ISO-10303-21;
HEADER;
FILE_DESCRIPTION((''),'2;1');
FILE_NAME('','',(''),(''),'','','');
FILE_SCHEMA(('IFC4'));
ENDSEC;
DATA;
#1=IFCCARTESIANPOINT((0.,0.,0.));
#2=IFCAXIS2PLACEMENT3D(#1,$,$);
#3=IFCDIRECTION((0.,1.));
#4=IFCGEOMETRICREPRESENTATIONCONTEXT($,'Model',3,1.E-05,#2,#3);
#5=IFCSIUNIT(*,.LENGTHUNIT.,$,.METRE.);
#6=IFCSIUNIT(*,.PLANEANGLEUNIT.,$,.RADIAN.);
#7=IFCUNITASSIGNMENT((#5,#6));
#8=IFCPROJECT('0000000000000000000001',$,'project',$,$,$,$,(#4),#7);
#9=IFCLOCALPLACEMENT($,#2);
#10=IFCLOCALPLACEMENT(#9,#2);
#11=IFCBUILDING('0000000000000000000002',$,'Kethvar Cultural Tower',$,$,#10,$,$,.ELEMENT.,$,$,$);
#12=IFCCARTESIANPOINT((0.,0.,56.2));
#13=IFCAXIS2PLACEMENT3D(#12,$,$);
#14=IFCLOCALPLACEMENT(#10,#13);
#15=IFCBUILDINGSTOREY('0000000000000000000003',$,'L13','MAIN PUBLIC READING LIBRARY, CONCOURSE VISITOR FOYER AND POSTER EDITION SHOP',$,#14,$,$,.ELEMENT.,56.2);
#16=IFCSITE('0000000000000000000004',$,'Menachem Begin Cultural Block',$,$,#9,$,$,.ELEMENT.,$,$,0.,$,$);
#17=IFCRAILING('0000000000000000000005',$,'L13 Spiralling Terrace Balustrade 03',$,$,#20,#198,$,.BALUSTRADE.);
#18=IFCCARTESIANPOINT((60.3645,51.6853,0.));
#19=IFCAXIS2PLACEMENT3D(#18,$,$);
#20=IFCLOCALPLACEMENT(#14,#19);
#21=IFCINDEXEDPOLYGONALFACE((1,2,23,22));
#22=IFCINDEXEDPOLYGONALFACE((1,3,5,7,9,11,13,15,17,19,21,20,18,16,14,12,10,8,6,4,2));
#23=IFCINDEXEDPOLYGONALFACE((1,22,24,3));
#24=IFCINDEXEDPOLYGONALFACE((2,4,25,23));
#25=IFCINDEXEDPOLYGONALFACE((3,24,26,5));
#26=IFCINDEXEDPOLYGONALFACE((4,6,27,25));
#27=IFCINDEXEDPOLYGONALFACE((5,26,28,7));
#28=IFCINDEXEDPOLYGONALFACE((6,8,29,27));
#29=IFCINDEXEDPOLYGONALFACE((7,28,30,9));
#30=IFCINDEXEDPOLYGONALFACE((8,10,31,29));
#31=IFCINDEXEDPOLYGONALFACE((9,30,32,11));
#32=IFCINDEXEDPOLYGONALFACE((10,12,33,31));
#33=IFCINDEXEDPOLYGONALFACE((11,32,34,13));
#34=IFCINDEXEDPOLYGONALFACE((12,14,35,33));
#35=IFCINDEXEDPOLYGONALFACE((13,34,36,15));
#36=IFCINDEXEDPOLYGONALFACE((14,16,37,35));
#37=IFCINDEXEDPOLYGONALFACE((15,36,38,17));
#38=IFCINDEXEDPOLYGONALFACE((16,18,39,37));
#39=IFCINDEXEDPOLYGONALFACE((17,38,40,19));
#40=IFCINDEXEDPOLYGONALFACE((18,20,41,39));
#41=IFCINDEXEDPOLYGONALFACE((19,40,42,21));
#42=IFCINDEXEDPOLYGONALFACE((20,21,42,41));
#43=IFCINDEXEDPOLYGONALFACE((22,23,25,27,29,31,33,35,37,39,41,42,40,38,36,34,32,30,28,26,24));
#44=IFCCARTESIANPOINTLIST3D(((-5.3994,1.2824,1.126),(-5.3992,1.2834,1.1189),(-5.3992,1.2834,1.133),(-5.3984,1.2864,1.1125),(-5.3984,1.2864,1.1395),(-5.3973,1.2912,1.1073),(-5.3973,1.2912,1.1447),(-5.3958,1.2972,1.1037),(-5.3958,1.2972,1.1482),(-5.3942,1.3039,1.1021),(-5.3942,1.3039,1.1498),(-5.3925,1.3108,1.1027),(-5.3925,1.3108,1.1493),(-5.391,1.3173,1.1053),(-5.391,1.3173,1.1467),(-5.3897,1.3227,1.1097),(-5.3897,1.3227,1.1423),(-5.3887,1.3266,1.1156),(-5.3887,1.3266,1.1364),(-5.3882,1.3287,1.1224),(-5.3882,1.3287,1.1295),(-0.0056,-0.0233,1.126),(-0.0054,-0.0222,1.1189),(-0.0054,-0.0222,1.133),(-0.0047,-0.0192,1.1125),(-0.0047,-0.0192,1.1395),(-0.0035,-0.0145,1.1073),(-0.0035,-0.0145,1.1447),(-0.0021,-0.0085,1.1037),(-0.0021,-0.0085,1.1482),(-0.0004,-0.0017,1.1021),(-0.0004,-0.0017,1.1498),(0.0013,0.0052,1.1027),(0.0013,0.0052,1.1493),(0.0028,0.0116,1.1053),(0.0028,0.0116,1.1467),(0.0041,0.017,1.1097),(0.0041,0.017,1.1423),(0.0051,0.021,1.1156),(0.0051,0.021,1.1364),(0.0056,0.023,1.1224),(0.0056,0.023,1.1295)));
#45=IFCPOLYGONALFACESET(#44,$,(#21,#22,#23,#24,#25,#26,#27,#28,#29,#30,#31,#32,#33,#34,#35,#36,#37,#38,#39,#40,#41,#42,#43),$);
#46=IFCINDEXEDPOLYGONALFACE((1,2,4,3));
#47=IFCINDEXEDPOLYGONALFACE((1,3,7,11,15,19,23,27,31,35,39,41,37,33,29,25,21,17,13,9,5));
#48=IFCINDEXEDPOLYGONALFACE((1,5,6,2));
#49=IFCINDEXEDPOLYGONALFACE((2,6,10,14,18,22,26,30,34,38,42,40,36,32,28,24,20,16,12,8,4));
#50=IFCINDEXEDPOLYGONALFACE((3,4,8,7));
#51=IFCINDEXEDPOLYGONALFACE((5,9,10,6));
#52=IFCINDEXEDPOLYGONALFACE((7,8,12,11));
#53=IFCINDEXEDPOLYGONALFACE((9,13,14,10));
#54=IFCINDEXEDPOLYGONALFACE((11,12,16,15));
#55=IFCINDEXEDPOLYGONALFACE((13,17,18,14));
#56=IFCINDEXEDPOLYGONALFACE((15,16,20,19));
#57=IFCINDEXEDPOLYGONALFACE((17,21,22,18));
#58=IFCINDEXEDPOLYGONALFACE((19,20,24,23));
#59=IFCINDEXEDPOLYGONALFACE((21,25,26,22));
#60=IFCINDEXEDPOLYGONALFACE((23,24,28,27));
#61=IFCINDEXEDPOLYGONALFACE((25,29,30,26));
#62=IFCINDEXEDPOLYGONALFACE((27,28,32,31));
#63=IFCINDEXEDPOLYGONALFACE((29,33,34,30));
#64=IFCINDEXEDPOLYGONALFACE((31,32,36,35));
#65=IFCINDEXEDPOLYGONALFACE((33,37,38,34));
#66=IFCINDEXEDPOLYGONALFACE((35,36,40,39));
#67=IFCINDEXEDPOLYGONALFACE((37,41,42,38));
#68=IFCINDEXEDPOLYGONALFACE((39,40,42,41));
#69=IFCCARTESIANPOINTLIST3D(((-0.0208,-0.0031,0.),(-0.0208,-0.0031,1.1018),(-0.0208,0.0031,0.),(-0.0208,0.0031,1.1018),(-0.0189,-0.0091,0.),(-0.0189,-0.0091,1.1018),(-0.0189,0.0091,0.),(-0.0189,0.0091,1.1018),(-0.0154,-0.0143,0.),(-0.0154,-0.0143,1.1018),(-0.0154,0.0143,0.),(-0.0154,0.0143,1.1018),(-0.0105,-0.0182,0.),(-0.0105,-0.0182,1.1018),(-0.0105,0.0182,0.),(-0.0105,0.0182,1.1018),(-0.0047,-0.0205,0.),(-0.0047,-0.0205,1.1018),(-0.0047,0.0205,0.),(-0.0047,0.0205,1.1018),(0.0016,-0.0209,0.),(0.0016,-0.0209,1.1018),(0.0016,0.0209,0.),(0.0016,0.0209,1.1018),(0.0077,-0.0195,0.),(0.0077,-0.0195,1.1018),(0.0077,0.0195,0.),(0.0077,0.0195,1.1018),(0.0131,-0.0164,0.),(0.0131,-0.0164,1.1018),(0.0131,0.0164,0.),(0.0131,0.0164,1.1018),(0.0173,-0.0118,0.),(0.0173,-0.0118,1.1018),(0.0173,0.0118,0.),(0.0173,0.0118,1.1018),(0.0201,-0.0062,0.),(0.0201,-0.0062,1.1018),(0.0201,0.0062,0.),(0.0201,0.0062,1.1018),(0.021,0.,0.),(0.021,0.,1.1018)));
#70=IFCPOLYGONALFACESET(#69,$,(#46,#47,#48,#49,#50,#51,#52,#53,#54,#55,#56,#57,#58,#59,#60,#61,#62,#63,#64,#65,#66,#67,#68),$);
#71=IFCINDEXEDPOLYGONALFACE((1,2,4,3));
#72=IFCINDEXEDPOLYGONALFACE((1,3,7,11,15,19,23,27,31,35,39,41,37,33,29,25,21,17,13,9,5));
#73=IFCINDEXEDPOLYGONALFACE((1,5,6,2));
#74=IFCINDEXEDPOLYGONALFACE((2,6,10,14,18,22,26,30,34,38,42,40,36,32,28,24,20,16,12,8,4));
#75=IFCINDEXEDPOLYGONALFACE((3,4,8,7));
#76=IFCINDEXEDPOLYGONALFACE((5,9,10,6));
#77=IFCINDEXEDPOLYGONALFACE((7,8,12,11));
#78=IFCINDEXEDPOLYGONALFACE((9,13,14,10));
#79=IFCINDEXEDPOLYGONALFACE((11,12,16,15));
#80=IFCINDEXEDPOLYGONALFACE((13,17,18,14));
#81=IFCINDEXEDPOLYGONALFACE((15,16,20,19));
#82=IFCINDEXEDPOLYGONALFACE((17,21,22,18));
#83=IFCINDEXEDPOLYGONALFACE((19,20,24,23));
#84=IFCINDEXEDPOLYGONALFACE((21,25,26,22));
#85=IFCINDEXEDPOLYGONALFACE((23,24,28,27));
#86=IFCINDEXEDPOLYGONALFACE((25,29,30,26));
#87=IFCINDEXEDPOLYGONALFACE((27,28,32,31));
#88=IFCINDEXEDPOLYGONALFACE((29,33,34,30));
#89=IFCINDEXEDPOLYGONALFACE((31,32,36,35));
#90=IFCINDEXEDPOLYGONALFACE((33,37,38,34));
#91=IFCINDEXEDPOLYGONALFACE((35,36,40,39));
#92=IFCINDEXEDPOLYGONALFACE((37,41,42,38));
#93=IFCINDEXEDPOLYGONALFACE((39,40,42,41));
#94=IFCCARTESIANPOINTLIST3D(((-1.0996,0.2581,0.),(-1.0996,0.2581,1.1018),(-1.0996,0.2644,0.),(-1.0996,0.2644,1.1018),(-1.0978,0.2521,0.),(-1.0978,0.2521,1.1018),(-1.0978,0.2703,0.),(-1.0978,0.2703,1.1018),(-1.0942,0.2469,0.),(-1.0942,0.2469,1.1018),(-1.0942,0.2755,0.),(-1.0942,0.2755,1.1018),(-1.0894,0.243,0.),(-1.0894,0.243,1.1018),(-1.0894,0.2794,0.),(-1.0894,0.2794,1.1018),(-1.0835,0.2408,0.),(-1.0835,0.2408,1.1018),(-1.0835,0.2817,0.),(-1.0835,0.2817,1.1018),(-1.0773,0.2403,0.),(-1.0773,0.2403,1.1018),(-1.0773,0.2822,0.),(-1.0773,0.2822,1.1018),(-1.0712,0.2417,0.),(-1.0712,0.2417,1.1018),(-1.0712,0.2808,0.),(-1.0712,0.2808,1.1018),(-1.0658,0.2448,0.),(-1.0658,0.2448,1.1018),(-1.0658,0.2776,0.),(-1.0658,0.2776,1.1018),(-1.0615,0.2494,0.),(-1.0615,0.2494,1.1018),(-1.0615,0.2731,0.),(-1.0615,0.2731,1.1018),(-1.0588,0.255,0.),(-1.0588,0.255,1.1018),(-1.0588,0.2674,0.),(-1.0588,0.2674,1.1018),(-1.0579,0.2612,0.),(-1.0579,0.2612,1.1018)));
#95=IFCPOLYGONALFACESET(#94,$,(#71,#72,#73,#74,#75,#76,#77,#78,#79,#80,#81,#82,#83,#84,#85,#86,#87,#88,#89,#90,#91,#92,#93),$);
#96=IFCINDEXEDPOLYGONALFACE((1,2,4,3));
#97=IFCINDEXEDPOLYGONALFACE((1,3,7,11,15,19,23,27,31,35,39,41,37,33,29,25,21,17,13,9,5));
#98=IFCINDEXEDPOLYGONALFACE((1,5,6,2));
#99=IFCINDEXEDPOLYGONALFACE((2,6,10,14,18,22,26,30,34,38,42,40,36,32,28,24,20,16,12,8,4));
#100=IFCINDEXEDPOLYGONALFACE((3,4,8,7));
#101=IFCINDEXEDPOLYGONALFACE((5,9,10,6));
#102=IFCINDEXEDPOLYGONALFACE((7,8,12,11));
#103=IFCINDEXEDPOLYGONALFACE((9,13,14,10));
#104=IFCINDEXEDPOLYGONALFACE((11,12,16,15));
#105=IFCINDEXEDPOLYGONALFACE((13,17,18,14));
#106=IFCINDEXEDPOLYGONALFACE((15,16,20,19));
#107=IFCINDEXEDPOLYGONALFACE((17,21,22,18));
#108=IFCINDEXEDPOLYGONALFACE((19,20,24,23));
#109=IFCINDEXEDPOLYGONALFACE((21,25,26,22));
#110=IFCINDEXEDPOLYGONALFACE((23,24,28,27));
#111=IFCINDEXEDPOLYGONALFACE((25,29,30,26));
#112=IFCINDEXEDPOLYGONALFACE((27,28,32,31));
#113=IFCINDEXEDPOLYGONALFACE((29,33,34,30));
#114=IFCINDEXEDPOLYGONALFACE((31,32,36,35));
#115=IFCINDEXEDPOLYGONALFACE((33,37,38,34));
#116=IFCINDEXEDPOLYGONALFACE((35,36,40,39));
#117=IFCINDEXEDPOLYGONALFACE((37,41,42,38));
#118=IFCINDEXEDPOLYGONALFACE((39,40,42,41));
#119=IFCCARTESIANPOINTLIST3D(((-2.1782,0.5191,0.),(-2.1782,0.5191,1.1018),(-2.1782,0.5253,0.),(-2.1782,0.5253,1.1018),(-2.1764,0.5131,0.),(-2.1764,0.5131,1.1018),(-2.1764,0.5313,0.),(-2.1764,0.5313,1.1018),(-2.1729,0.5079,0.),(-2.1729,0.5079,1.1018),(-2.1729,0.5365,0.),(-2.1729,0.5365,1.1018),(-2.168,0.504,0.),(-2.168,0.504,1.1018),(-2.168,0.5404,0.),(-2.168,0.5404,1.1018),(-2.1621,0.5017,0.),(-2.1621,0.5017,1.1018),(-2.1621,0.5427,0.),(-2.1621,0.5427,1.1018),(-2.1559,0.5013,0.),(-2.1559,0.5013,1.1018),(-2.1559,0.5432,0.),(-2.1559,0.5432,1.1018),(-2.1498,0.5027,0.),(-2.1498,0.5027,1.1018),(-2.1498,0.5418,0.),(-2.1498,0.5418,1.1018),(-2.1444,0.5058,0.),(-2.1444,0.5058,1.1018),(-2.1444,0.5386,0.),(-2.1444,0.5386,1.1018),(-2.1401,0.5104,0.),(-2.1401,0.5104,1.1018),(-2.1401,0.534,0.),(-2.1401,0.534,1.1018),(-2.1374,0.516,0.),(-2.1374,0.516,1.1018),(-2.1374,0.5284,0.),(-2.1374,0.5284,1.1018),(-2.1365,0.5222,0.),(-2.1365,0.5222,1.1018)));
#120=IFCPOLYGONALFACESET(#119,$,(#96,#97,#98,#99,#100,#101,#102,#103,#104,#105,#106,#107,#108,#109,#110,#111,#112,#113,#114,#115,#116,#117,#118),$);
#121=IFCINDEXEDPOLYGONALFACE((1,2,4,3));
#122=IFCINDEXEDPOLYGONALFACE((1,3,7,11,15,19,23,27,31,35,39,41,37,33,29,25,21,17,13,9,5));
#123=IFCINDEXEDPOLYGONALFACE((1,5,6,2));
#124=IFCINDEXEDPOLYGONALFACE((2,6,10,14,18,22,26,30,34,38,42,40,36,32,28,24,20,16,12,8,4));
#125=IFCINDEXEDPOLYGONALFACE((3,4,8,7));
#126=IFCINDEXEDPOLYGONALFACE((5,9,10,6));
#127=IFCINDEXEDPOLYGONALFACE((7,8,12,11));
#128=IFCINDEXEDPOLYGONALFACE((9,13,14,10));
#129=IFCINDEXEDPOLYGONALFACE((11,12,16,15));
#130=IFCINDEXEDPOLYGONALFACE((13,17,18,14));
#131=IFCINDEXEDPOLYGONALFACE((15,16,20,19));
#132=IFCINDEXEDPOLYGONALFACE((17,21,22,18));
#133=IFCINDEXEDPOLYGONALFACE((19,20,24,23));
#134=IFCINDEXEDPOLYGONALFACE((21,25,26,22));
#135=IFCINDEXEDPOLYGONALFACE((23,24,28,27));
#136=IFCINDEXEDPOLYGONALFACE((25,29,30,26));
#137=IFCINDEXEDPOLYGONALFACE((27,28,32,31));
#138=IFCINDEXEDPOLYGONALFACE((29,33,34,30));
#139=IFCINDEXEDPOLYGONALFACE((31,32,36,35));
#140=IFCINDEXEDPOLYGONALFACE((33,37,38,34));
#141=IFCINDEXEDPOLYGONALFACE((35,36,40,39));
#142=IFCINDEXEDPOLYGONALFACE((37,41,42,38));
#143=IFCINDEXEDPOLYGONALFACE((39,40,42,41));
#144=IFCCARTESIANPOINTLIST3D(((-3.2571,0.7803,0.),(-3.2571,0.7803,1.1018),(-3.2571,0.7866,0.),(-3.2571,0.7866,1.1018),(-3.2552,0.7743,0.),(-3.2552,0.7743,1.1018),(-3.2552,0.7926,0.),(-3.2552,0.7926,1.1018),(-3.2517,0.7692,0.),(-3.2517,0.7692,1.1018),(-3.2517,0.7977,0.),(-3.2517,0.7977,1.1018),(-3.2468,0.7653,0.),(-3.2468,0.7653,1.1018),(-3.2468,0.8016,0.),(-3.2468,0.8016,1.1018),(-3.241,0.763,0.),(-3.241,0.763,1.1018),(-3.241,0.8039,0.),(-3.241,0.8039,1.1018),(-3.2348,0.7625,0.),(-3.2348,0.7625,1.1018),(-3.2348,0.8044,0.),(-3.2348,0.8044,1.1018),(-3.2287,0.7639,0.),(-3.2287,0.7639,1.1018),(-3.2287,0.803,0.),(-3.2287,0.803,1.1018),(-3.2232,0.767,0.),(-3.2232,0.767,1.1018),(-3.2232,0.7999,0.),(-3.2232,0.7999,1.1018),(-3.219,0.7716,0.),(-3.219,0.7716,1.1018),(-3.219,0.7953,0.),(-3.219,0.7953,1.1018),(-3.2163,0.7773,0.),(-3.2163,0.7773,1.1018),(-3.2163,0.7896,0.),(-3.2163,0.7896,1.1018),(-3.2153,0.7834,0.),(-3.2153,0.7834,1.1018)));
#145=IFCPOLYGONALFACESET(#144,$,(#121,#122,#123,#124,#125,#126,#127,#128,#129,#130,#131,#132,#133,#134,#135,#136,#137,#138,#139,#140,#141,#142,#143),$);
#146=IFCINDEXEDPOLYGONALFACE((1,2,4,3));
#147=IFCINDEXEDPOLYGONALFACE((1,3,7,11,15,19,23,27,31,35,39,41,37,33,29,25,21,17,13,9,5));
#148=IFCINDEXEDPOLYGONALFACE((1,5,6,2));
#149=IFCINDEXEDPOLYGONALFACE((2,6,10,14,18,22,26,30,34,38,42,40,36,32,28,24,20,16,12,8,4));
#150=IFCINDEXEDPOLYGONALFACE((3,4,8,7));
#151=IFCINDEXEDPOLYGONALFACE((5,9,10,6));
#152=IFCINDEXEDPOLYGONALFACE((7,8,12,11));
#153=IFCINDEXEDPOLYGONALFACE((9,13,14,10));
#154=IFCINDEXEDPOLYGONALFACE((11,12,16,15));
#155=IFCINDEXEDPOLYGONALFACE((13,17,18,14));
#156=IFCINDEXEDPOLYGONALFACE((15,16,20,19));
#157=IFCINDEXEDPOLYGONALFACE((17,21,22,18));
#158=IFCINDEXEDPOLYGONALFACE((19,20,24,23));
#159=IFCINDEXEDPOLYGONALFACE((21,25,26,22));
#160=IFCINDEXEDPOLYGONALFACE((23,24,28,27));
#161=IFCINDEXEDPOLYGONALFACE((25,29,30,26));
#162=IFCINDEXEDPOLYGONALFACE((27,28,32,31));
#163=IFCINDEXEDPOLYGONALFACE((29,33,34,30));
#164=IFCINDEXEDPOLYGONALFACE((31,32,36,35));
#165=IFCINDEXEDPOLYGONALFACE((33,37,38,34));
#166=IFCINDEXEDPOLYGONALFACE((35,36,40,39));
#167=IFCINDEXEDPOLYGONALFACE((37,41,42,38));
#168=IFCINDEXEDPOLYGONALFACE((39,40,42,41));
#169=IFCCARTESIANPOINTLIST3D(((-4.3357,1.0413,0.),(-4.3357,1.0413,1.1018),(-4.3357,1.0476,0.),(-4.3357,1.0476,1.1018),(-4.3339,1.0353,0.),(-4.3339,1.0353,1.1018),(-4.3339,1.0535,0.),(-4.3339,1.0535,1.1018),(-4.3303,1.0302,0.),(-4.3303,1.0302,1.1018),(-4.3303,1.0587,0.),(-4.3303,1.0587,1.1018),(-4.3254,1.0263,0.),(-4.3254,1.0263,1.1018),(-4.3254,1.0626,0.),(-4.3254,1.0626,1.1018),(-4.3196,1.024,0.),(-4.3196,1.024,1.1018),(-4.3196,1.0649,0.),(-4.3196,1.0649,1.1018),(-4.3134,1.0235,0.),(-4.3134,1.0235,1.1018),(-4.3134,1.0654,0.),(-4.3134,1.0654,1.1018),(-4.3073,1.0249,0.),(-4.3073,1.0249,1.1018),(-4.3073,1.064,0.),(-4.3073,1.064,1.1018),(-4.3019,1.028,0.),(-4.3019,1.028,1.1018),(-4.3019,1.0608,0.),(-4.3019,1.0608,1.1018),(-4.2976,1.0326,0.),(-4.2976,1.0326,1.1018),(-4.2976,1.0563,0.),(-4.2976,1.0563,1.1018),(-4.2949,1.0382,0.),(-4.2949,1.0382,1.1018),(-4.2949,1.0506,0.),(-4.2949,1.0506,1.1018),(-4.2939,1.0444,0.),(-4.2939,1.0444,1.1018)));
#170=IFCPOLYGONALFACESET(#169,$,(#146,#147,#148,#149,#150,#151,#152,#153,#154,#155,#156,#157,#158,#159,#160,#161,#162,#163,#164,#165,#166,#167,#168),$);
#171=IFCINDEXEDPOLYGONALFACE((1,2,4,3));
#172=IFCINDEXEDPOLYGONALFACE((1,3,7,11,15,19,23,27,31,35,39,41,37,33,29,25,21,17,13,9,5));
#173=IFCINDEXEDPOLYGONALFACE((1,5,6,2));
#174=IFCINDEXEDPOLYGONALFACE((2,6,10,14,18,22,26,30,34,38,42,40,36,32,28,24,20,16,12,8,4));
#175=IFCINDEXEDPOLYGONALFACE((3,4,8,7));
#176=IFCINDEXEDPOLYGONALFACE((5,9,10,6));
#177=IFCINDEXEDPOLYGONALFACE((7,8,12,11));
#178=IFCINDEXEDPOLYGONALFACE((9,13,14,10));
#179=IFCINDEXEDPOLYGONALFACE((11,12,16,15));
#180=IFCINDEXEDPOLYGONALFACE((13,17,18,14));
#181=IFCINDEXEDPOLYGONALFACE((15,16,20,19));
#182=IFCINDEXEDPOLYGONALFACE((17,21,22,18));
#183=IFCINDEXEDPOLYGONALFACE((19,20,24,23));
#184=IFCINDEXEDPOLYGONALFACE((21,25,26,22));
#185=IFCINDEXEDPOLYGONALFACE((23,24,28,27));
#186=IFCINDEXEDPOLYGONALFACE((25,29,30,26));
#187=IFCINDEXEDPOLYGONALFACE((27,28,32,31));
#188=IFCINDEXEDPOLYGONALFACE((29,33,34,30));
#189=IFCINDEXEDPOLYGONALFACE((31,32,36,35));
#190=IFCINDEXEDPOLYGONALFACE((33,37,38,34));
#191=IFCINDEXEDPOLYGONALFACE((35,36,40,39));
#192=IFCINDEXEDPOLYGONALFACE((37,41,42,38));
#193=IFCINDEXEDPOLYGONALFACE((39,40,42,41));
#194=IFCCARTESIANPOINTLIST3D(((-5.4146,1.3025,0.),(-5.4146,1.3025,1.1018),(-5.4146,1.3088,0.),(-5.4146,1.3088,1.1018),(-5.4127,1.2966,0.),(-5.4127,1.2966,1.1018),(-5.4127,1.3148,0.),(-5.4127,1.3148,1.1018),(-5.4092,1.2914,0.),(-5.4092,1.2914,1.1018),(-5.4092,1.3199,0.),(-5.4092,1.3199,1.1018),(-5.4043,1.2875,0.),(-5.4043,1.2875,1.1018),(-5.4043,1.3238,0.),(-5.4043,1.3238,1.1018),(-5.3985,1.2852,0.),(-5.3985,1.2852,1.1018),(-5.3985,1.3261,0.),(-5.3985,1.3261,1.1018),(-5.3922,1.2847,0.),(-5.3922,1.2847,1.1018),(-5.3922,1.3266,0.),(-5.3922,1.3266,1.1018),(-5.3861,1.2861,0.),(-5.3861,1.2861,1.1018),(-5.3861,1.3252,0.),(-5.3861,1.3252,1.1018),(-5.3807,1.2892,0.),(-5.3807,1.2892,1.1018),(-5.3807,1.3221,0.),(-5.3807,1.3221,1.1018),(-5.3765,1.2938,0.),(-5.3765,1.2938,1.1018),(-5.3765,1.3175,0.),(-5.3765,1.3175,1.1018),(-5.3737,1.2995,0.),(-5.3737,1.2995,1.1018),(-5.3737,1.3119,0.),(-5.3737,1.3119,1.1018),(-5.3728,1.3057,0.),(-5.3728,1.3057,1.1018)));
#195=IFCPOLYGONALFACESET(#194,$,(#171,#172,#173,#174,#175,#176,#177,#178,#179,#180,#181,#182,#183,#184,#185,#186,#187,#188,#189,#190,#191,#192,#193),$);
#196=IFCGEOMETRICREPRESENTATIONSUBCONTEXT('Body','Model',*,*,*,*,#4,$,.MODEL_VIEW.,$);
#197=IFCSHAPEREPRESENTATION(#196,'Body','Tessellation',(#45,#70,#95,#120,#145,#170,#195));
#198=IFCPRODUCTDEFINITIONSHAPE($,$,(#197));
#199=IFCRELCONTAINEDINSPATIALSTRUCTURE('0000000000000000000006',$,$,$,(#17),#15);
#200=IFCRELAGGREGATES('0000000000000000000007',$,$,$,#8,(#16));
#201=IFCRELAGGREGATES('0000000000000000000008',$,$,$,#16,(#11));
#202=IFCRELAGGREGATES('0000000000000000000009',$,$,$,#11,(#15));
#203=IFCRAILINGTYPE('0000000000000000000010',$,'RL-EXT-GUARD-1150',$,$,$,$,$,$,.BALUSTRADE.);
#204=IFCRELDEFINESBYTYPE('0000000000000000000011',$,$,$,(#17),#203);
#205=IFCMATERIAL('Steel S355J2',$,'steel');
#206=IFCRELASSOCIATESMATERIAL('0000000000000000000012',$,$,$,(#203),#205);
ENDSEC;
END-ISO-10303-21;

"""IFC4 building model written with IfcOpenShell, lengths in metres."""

from ifc_helpers import new_model, si_unit, direction, frame, origin, origin_2d, place, context, subcontext, project, spatial, circle, extrude, material, type_object, element, save


model = new_model("IFC4")

# Units and contexts
model_context = context("Model", 3, precision=1e-05, world=origin(), true_north=direction((0.0, 1.0)))
body_context = subcontext(model_context, "Body", "Model", "MODEL_VIEW")
ifc_project = project(units=[si_unit("LENGTHUNIT", "METRE"), si_unit("PLANEANGLEUNIT", "RADIAN")], contexts=[model_context])

# Site, building, storey
site_placement = place(None, origin())
site = spatial("IfcSite", under=ifc_project, at=site_placement, Name="Menachem Begin Cultural Block", CompositionType="ELEMENT", RefElevation=0.0)
building_placement = place(site_placement, origin())
building = spatial("IfcBuilding", under=site, at=building_placement, Name="Kethvar Cultural Tower", CompositionType="ELEMENT")
storey_placement = place(building_placement, frame((0.0, 0.0, 56.2)))
storey = spatial("IfcBuildingStorey", under=building, at=storey_placement, Name="L13", Description="MAIN PUBLIC READING LIBRARY, CONCOURSE VISITOR FOYER AND POSTER EDITION SHOP", CompositionType="ELEMENT", Elevation=56.2)

# Shared definitions
ifc_material_1 = material(Name="Steel S355J2", Category="steel")

# Railing
railing_type = type_object("IfcRailingType", Name="RL-EXT-GUARD-1150", PredefinedType="BALUSTRADE", material=ifc_material_1)
railing_1_placement = place(storey_placement, frame((60.3645, 51.6853, 0.0)))
element("IfcRailing", 1, at=railing_1_placement, inside=storey, type_object=railing_type, Name="L13 Spiralling Terrace Balustrade 03", PredefinedType="BALUSTRADE", context=body_context, shape_type="SweptSolid", body=[
    extrude(circle(Radius=0.0239, at=origin_2d()), frame((0.0, 0.0, 1.126), z_axis=(-0.971929, 0.235273, 0.0), x_axis=(-0.235273, -0.971929, 0.0)), (0.0, 0.0, 1.0), 5.5496),
    extrude(circle(Radius=0.021, at=origin_2d()), origin(), (0.0, 0.0, 1.0), 1.1018),
    extrude(circle(Radius=0.021, at=origin_2d()), frame((-1.0789, 0.2612, 0.0)), (0.0, 0.0, 1.0), 1.1018),
    extrude(circle(Radius=0.021, at=origin_2d()), frame((-2.1575, 0.5222, 0.0)), (0.0, 0.0, 1.0), 1.1018),
    extrude(circle(Radius=0.021, at=origin_2d()), frame((-3.2363, 0.7834, 0.0)), (0.0, 0.0, 1.0), 1.1018),
    extrude(circle(Radius=0.021, at=origin_2d()), frame((-4.3149, 1.0444, 0.0)), (0.0, 0.0, 1.0), 1.1018),
    extrude(circle(Radius=0.021, at=origin_2d()), frame((-5.3938, 1.3057, 0.0)), (0.0, 0.0, 1.0), 1.1018),
])

save(model, "model.ifc")
